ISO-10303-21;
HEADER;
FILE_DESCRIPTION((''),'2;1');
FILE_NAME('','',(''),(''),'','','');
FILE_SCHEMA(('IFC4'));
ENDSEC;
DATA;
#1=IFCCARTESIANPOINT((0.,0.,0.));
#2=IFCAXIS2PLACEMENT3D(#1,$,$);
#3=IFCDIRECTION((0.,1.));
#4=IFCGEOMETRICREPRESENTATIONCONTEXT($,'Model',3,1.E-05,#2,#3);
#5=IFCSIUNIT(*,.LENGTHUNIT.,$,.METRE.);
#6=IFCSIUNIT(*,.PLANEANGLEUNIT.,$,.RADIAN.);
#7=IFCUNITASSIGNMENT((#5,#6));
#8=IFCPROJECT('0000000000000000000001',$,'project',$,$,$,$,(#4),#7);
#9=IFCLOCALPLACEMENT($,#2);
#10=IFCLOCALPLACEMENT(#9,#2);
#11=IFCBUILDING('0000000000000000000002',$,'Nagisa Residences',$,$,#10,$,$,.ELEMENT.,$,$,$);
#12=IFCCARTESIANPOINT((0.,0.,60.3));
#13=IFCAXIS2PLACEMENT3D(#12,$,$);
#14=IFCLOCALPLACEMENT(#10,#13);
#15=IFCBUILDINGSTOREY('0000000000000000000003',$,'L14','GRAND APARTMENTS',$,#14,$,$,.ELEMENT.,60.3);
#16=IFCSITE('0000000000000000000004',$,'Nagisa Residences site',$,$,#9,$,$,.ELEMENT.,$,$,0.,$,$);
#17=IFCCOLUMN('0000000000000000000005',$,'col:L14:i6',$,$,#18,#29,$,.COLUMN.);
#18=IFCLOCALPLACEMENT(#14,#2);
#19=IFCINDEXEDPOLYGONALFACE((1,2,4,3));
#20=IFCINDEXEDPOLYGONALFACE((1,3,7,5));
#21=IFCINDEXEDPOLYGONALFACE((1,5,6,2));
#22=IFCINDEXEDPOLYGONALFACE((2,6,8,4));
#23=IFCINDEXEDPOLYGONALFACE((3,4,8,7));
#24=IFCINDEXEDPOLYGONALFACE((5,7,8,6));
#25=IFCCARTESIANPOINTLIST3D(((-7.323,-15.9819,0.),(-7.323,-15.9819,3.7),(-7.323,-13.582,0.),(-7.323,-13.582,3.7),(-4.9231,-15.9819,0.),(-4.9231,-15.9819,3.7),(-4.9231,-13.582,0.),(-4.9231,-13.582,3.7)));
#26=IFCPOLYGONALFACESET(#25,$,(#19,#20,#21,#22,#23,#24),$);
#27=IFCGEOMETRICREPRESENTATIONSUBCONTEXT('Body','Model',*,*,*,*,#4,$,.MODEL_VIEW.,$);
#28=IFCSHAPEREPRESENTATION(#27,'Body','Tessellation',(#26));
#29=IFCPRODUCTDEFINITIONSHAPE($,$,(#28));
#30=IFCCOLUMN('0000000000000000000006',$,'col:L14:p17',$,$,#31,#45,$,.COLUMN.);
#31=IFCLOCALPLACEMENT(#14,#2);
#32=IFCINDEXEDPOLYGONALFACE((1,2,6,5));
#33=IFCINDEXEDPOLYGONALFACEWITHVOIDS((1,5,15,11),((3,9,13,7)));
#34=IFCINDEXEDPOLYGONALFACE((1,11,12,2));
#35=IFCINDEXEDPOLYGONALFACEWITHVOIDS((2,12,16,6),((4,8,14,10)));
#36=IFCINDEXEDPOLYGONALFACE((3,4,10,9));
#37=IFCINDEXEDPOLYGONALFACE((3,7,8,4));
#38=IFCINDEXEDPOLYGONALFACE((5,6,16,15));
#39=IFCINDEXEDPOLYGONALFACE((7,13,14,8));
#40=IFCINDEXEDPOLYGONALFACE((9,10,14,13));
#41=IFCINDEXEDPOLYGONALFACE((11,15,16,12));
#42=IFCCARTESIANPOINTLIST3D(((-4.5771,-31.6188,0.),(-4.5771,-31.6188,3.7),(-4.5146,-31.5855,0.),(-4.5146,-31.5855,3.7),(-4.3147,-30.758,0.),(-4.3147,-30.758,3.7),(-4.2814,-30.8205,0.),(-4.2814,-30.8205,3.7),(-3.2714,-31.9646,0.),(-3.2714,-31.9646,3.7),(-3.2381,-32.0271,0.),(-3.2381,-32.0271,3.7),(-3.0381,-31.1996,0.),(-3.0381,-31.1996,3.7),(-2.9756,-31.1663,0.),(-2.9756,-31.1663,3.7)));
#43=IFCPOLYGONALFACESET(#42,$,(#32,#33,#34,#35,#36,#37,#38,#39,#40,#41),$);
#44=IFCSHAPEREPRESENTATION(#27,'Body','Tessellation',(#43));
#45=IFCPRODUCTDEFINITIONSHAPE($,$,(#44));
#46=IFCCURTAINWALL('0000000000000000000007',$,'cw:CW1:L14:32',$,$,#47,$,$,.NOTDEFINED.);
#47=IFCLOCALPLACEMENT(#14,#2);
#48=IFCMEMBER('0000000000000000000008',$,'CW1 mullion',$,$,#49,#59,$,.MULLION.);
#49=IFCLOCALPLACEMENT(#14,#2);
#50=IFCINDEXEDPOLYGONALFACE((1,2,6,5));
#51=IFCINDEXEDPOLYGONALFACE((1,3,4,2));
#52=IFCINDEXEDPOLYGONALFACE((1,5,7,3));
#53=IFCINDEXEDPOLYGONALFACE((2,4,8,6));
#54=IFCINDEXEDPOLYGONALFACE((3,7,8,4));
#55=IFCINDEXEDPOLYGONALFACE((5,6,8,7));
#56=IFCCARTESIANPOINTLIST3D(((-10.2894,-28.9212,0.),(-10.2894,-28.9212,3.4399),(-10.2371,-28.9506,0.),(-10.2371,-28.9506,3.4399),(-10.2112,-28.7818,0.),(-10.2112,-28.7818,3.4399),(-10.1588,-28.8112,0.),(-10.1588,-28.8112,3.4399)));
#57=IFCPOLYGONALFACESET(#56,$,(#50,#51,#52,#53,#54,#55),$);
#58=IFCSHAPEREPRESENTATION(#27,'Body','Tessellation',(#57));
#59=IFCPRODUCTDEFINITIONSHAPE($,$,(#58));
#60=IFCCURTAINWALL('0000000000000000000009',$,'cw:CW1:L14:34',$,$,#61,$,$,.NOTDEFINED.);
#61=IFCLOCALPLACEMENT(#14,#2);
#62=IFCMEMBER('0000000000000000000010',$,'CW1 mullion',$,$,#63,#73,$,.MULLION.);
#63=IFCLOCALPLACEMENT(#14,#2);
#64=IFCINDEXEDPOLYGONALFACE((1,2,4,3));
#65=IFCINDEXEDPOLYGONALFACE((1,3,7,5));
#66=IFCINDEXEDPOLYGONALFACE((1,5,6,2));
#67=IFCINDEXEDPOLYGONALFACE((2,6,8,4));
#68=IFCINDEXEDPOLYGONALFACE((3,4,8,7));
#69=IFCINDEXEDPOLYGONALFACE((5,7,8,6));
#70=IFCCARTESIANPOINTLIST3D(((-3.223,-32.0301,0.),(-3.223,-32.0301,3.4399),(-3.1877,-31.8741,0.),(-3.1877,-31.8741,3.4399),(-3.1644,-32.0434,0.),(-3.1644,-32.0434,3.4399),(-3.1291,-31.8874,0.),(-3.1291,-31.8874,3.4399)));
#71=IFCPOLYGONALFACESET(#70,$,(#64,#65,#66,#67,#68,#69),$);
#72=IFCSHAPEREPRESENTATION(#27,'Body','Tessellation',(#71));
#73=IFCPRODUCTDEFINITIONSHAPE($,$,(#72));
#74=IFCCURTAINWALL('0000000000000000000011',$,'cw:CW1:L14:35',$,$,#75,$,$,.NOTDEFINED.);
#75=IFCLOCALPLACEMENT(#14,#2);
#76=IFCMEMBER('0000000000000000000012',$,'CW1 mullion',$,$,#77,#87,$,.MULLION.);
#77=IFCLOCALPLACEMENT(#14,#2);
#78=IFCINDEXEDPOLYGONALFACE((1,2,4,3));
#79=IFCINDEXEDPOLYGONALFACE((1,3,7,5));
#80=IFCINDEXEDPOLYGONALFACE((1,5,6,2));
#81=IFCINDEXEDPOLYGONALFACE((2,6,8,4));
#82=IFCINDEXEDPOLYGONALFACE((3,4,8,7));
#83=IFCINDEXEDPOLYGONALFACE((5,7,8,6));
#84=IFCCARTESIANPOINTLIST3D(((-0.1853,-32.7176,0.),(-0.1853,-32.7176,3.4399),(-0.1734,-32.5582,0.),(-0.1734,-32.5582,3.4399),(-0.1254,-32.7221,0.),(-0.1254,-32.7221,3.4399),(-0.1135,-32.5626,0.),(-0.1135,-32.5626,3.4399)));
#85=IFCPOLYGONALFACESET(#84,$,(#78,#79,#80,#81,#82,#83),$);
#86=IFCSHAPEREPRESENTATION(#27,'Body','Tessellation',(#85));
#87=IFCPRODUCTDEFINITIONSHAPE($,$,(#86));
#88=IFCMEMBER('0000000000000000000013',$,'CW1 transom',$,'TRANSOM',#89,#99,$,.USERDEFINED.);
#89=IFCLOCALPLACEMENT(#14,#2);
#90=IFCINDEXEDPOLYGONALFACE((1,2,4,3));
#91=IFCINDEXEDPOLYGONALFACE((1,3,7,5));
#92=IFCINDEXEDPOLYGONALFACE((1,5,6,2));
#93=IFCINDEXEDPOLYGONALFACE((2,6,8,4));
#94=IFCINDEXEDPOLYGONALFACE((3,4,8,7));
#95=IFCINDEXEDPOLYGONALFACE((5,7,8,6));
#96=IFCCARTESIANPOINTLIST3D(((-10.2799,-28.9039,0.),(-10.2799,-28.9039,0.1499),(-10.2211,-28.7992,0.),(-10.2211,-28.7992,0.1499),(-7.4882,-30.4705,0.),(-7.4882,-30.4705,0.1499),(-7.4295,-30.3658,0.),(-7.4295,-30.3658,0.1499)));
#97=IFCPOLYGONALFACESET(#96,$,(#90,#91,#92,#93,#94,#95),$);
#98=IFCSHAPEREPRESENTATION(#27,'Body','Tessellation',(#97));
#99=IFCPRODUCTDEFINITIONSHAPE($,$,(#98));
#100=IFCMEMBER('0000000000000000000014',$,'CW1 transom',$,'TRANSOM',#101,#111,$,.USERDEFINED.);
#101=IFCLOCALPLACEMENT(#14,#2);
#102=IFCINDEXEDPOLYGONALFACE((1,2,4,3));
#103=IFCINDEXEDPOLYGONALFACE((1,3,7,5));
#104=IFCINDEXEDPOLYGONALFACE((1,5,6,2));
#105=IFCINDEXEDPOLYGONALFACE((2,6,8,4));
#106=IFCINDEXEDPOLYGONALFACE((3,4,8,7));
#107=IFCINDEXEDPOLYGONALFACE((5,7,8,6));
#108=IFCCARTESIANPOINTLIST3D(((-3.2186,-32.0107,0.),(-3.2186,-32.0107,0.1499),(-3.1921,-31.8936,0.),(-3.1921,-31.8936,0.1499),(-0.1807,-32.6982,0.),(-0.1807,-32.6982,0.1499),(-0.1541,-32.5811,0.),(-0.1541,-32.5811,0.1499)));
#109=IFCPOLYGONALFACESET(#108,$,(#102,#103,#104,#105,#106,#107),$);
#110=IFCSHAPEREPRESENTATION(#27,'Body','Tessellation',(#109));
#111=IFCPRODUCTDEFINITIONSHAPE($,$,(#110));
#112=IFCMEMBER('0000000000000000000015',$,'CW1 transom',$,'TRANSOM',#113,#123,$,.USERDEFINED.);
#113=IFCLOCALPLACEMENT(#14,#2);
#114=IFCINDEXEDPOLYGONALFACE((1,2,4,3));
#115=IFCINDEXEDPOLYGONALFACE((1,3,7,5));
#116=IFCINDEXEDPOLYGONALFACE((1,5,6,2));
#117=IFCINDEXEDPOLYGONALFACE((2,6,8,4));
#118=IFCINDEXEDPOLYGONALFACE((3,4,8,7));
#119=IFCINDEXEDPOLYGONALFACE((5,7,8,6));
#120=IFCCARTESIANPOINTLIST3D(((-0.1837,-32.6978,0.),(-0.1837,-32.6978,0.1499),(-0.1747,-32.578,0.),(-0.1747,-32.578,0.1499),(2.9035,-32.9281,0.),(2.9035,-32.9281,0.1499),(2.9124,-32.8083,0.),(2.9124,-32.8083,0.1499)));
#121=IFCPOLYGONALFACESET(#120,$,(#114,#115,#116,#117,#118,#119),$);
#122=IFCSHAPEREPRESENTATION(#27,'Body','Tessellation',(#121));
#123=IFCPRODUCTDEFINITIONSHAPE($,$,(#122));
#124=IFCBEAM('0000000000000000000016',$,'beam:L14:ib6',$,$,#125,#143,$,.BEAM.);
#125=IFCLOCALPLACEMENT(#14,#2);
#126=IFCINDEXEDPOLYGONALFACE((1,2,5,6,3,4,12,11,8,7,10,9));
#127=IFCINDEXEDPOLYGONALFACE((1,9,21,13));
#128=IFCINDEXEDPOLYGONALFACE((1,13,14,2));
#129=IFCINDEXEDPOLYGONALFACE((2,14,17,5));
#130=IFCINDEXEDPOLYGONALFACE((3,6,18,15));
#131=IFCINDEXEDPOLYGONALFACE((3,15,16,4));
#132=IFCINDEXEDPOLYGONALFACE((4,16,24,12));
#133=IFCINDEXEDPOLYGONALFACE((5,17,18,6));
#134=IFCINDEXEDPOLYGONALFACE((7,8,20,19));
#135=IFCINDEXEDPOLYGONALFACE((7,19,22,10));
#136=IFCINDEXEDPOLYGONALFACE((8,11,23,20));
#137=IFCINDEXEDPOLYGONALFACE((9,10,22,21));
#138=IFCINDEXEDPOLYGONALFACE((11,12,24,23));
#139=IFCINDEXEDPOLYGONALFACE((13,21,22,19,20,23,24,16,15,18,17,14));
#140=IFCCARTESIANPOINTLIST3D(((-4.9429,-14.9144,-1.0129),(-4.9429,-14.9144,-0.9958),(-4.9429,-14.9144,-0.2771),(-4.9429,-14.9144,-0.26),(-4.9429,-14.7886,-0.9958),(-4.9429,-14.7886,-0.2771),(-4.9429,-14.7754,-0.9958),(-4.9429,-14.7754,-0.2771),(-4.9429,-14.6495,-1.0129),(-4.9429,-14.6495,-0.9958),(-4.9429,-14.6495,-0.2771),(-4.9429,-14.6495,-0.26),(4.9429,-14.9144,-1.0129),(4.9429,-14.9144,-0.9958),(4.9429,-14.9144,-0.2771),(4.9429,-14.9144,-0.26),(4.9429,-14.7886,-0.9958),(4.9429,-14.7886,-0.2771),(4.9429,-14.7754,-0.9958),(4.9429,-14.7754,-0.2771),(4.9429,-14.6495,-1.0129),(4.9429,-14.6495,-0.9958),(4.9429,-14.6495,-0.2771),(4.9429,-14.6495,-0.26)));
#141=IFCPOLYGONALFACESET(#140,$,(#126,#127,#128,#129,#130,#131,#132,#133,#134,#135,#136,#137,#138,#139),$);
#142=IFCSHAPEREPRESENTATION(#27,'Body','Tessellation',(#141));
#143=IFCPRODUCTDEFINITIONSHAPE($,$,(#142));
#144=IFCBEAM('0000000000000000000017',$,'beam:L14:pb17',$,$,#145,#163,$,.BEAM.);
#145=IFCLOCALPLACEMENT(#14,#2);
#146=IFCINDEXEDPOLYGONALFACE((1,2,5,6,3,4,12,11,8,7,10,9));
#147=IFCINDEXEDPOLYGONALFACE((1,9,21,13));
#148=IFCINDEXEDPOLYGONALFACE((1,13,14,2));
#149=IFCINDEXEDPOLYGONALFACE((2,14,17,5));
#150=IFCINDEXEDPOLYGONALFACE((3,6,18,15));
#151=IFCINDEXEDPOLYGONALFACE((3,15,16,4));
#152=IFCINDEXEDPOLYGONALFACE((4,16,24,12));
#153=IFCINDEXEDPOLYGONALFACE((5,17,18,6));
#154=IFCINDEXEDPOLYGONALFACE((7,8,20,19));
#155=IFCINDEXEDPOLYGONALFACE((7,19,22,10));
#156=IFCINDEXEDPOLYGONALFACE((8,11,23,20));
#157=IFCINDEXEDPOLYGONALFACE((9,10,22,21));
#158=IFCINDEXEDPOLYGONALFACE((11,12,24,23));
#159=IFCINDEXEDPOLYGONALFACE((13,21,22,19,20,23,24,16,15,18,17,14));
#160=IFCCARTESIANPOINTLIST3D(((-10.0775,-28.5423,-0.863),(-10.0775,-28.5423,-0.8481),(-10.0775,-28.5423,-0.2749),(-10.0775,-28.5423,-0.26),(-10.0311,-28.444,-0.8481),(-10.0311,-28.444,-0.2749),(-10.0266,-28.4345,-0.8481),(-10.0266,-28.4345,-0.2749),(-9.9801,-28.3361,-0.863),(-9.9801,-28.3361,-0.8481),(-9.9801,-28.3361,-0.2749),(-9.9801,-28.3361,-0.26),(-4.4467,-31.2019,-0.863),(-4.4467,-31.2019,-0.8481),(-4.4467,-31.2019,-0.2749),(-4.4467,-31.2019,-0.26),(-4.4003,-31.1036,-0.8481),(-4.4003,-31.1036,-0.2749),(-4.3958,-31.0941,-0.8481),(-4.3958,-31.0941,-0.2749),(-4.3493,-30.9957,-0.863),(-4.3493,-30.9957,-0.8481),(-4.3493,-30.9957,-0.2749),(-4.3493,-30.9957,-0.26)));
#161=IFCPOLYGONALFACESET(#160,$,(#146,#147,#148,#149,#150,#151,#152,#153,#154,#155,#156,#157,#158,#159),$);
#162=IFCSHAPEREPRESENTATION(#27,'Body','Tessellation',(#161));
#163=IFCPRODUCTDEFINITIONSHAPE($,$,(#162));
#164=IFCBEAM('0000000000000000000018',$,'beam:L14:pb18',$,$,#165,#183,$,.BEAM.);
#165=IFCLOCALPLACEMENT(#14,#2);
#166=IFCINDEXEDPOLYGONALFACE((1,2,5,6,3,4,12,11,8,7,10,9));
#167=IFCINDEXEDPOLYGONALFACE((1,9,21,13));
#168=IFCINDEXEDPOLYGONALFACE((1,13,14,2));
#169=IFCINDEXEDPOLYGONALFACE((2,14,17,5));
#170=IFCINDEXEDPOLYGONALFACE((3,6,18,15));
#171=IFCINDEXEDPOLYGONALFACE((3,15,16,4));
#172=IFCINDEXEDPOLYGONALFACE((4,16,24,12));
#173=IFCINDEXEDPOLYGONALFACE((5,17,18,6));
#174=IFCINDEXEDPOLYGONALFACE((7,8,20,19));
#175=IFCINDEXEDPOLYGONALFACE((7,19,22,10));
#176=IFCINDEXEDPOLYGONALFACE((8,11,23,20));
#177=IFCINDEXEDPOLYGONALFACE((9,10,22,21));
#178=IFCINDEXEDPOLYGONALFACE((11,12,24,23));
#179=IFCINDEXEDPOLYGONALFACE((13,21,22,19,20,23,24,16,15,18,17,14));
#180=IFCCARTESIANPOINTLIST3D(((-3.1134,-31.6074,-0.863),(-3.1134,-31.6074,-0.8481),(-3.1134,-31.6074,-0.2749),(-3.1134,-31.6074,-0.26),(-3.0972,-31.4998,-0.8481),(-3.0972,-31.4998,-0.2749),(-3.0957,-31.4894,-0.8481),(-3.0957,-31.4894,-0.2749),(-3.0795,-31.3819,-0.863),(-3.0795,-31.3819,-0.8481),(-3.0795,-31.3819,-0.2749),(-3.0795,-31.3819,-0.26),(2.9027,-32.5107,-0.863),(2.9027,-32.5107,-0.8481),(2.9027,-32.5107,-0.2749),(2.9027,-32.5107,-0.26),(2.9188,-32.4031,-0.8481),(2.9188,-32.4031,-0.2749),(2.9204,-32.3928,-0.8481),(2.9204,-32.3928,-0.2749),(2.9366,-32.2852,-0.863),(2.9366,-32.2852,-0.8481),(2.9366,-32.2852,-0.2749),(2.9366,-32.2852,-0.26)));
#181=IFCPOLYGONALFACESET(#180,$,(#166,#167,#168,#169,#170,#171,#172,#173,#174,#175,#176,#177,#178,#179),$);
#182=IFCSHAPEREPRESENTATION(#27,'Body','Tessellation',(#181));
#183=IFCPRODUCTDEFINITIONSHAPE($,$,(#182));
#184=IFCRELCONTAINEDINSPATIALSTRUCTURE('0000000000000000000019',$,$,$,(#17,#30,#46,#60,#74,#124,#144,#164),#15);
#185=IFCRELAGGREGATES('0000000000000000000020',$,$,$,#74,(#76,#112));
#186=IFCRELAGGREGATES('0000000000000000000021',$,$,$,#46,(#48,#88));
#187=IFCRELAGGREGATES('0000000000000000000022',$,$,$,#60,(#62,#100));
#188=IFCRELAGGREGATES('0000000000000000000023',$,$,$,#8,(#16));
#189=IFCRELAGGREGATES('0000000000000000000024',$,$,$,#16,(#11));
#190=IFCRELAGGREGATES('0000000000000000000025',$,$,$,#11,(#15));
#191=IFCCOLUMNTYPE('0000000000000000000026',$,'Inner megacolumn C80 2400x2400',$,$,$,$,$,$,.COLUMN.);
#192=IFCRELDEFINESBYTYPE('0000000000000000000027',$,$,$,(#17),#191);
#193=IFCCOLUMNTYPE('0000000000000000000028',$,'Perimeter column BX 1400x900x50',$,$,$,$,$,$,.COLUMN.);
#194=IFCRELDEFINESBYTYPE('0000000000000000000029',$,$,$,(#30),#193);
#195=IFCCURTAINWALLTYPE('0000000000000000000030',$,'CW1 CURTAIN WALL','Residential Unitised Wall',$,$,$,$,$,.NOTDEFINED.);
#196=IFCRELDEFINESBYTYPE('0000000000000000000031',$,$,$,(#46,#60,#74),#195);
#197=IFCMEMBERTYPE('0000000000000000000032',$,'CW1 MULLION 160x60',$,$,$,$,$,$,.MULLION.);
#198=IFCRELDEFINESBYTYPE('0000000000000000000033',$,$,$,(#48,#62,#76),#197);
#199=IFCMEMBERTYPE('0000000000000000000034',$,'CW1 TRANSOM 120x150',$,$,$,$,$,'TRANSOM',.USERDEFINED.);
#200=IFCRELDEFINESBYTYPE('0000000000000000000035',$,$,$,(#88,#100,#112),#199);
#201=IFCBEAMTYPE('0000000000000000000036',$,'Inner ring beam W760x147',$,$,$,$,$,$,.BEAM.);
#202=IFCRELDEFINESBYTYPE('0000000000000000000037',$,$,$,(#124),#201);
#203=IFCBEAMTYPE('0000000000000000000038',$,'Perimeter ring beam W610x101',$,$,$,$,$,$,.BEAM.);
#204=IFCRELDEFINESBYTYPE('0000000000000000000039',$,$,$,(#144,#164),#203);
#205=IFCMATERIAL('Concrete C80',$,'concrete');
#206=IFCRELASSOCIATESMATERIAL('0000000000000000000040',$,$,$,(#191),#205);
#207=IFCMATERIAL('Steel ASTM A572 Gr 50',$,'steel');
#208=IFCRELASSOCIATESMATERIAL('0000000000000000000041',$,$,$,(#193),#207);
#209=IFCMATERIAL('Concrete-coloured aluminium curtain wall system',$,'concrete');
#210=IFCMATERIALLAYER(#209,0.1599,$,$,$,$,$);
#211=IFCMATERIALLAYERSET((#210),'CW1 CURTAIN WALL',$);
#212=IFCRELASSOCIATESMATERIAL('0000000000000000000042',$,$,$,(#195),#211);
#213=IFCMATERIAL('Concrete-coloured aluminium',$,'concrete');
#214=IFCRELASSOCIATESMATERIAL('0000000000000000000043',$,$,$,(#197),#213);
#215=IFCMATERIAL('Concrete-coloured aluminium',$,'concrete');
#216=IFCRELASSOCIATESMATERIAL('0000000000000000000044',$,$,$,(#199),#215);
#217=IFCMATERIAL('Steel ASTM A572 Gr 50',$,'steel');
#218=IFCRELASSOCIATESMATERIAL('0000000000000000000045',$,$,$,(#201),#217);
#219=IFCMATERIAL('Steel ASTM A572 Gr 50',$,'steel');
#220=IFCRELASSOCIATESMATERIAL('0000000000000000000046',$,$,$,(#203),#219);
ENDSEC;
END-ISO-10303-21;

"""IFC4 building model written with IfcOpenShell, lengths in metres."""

from ifc_helpers import new_model, si_unit, direction, frame, origin, origin_2d, place, context, subcontext, project, spatial, rectangle, hollow_rectangle, i_section, extrude, material, layer, layer_set, material_profile, profile_set, type_object, element, aggregate, save


model = new_model("IFC4")

# Units and contexts
model_context = context("Model", 3, precision=1e-05, world=origin(), true_north=direction((0.0, 1.0)))
body_context = subcontext(model_context, "Body", "Model", "MODEL_VIEW")
ifc_project = project(units=[si_unit("LENGTHUNIT", "METRE"), si_unit("PLANEANGLEUNIT", "RADIAN")], contexts=[model_context])

# Site, building, storey
site_placement = place(None, origin())
site = spatial("IfcSite", under=ifc_project, at=site_placement, Name="Nagisa Residences site", CompositionType="ELEMENT", RefElevation=0.0)
building_placement = place(site_placement, origin())
building = spatial("IfcBuilding", under=site, at=building_placement, Name="Nagisa Residences", CompositionType="ELEMENT")
storey_placement = place(building_placement, frame((0.0, 0.0, 60.3)))
storey = spatial("IfcBuildingStorey", under=building, at=storey_placement, Name="L14", Description="GRAND APARTMENTS", CompositionType="ELEMENT", Elevation=60.3)

# Columns
ifc_material_1 = material(Name="Concrete C80", Category="concrete")
ifc_material_profile_1 = material_profile(ifc_material_1, rectangle(XDim=2.3999, YDim=2.3999, at=origin_2d()), Name="C80 2400x2400")
ifc_profile_set_1 = profile_set([ifc_material_profile_1], Name="Concrete C80")
column_type_1 = type_object("IfcColumnType", Name="Inner megacolumn C80 2400x2400", PredefinedType="COLUMN", material=ifc_profile_set_1)
column_1_placement = place(storey_placement, frame((-6.123, -14.782, 0.0), z_axis=(0.0, 0.0, 1.0), x_axis=(1.0, 0.0, 0.0)))
element("IfcColumn", 1, at=column_1_placement, inside=storey, type_object=column_type_1, Name="col:L14:i6", PredefinedType="COLUMN", context=body_context, shape_type="SweptSolid", body=[
    extrude(rectangle(XDim=2.3999, YDim=2.3999, at=origin_2d()), origin(), (0.0, 0.0, 1.0), 3.7),
])
ifc_material_2 = material(Name="Steel ASTM A572 Gr 50", Category="steel")
ifc_material_profile_2 = material_profile(ifc_material_2, hollow_rectangle(XDim=1.3999, YDim=0.8999, WallThickness=0.05, at=origin_2d()), Name="BX 1400x900x50")
ifc_profile_set_2 = profile_set([ifc_material_profile_2], Name="Steel ASTM A572 Gr 50")
column_type_2 = type_object("IfcColumnType", Name="Perimeter column BX 1400x900x50", PredefinedType="COLUMN", material=ifc_profile_set_2)
column_2_placement = place(storey_placement, frame((-3.7764, -31.3926, 0.0), z_axis=(0.0, 0.0, 1.0), x_axis=(0.956525, -0.291652, 0.0)))
element("IfcColumn", 2, at=column_2_placement, inside=storey, type_object=column_type_2, Name="col:L14:p17", PredefinedType="COLUMN", context=body_context, shape_type="SweptSolid", body=[
    extrude(hollow_rectangle(XDim=1.3999, YDim=0.8999, WallThickness=0.05, at=origin_2d()), origin(), (0.0, 0.0, 1.0), 3.7),
])

# Curtain walls, members
ifc_material_3 = material(Name="Concrete-coloured aluminium curtain wall system", Category="concrete")
ifc_layer_1 = layer(ifc_material_3, 0.1599)
ifc_layer_set_1 = layer_set([ifc_layer_1], Name="CW1 CURTAIN WALL")
curtain_wall_type = type_object("IfcCurtainWallType", Name="CW1 CURTAIN WALL", Description="Residential Unitised Wall", PredefinedType="NOTDEFINED", material=ifc_layer_set_1)
curtain_wall_1_placement = place(storey_placement, origin())
curtain_wall_1 = element("IfcCurtainWall", 3, at=curtain_wall_1_placement, inside=storey, type_object=curtain_wall_type, Name="cw:CW1:L14:32", PredefinedType="NOTDEFINED")
ifc_material_4 = material(Name="Concrete-coloured aluminium", Category="concrete")
ifc_material_profile_3 = material_profile(ifc_material_4, rectangle(XDim=0.1599, YDim=0.0601, at=origin_2d()), Name="CW1 MULLION 160x60")
ifc_profile_set_3 = profile_set([ifc_material_profile_3], Name="Concrete-coloured aluminium")
member_type_1 = type_object("IfcMemberType", Name="CW1 MULLION 160x60", PredefinedType="MULLION", material=ifc_profile_set_3)
member_1_placement = place(storey_placement, frame((-10.2241, -28.8662, 0.0), z_axis=(0.0, 0.0, 1.0), x_axis=(0.489377, 0.872072, 0.0)))
member_1 = element("IfcMember", 4, at=member_1_placement, type_object=member_type_1, Name="CW1 mullion", PredefinedType="MULLION", context=body_context, shape_type="SweptSolid", body=[
    extrude(rectangle(XDim=0.1599, YDim=0.0601, at=origin_2d()), origin(), (0.0, 0.0, 1.0), 3.4399),
])
curtain_wall_2_placement = place(storey_placement, origin())
curtain_wall_2 = element("IfcCurtainWall", 5, at=curtain_wall_2_placement, inside=storey, type_object=curtain_wall_type, Name="cw:CW1:L14:34", PredefinedType="NOTDEFINED")
member_2_placement = place(storey_placement, frame((-3.176, -31.9587, 0.0), z_axis=(0.0, 0.0, 1.0), x_axis=(0.220764, 0.975327, 0.0)))
member_2 = element("IfcMember", 6, at=member_2_placement, type_object=member_type_1, Name="CW1 mullion", PredefinedType="MULLION", context=body_context, shape_type="SweptSolid", body=[
    extrude(rectangle(XDim=0.1599, YDim=0.0601, at=origin_2d()), origin(), (0.0, 0.0, 1.0), 3.4399),
])
curtain_wall_3_placement = place(storey_placement, origin())
curtain_wall_3 = element("IfcCurtainWall", 7, at=curtain_wall_3_placement, inside=storey, type_object=curtain_wall_type, Name="cw:CW1:L14:35", PredefinedType="NOTDEFINED")
member_3_placement = place(storey_placement, frame((-0.1494, -32.6401, 0.0), z_axis=(0.0, 0.0, 1.0), x_axis=(0.074377, 0.99723, 0.0)))
member_3 = element("IfcMember", 8, at=member_3_placement, type_object=member_type_1, Name="CW1 mullion", PredefinedType="MULLION", context=body_context, shape_type="SweptSolid", body=[
    extrude(rectangle(XDim=0.1599, YDim=0.0601, at=origin_2d()), origin(), (0.0, 0.0, 1.0), 3.4399),
])

# Members
ifc_material_5 = material(Name="Concrete-coloured aluminium", Category="concrete")
ifc_material_profile_4 = material_profile(ifc_material_5, rectangle(XDim=0.1201, YDim=0.1499, at=origin_2d()), Name="CW1 TRANSOM 120x150")
ifc_profile_set_4 = profile_set([ifc_material_profile_4], Name="Concrete-coloured aluminium")
member_type_2 = type_object("IfcMemberType", Name="CW1 TRANSOM 120x150", ElementType="TRANSOM", PredefinedType="USERDEFINED", material=ifc_profile_set_4)
member_4_placement = place(storey_placement, frame((-10.2505, -28.8516, 0.075), z_axis=(0.87207, -0.489381, 0.0), x_axis=(0.489381, 0.87207, 0.0)))
member_4 = element("IfcMember", 9, at=member_4_placement, type_object=member_type_2, Name="CW1 transom", ObjectType="TRANSOM", PredefinedType="USERDEFINED", context=body_context, shape_type="SweptSolid", body=[
    extrude(rectangle(XDim=0.1201, YDim=0.1499, at=origin_2d()), origin(), (0.0, 0.0, 1.0), 3.2012),
])
member_5_placement = place(storey_placement, frame((-3.2053, -31.9521, 0.075), z_axis=(0.975335, -0.22073, 0.0), x_axis=(0.22073, 0.975335, 0.0)))
member_5 = element("IfcMember", 10, at=member_5_placement, type_object=member_type_2, Name="CW1 transom", ObjectType="TRANSOM", PredefinedType="USERDEFINED", context=body_context, shape_type="SweptSolid", body=[
    extrude(rectangle(XDim=0.1201, YDim=0.1499, at=origin_2d()), origin(), (0.0, 0.0, 1.0), 3.1147),
])
member_6_placement = place(storey_placement, frame((-0.1792, -32.6379, 0.075), z_axis=(0.997231, -0.074368, 0.0), x_axis=(0.074368, 0.997231, 0.0)))
member_6 = element("IfcMember", 11, at=member_6_placement, type_object=member_type_2, Name="CW1 transom", ObjectType="TRANSOM", PredefinedType="USERDEFINED", context=body_context, shape_type="SweptSolid", body=[
    extrude(rectangle(XDim=0.1201, YDim=0.1499, at=origin_2d()), origin(), (0.0, 0.0, 1.0), 3.0957),
])
aggregate(curtain_wall_3, [member_3, member_6])

# Beams
ifc_material_6 = material(Name="Steel ASTM A572 Gr 50", Category="steel")
ifc_material_profile_5 = material_profile(ifc_material_6, i_section(OverallWidth=0.2649, OverallDepth=0.7529, WebThickness=0.0132, FlangeThickness=0.0171, at=origin_2d()), Name="W760x147")
ifc_profile_set_5 = profile_set([ifc_material_profile_5], Name="Steel ASTM A572 Gr 50")
beam_type_1 = type_object("IfcBeamType", Name="Inner ring beam W760x147", PredefinedType="BEAM", material=ifc_profile_set_5)
beam_1_placement = place(storey_placement, frame((-4.9429, -14.782, -0.6365), z_axis=(1.0, 0.0, 0.0), x_axis=(0.0, 1.0, 0.0)))
element("IfcBeam", 12, at=beam_1_placement, inside=storey, type_object=beam_type_1, Name="beam:L14:ib6", PredefinedType="BEAM", context=body_context, shape_type="SweptSolid", body=[
    extrude(i_section(OverallWidth=0.2649, OverallDepth=0.7529, WebThickness=0.0132, FlangeThickness=0.0171, at=origin_2d()), origin(), (0.0, 0.0, 1.0), 9.8857),
])
ifc_material_7 = material(Name="Steel ASTM A572 Gr 50", Category="steel")
ifc_material_profile_6 = material_profile(ifc_material_7, i_section(OverallWidth=0.228, OverallDepth=0.603, WebThickness=0.0105, FlangeThickness=0.0149, at=origin_2d()), Name="W610x101")
ifc_profile_set_6 = profile_set([ifc_material_profile_6], Name="Steel ASTM A572 Gr 50")
beam_type_2 = type_object("IfcBeamType", Name="Perimeter ring beam W610x101", PredefinedType="BEAM", material=ifc_profile_set_6)
beam_2_placement = place(storey_placement, frame((-10.0288, -28.4392, -0.5615), z_axis=(0.904208, -0.427092, 0.0), x_axis=(0.427092, 0.904208, 0.0)))
element("IfcBeam", 13, at=beam_2_placement, inside=storey, type_object=beam_type_2, Name="beam:L14:pb17", PredefinedType="BEAM", context=body_context, shape_type="SweptSolid", body=[
    extrude(i_section(OverallWidth=0.228, OverallDepth=0.603, WebThickness=0.0105, FlangeThickness=0.0149, at=origin_2d()), origin(), (0.0, 0.0, 1.0), 6.2273),
])
beam_3_placement = place(storey_placement, frame((-3.0964, -31.4946, -0.5615), z_axis=(0.988915, -0.148486, 0.0), x_axis=(0.148486, 0.988915, 0.0)))
element("IfcBeam", 14, at=beam_3_placement, inside=storey, type_object=beam_type_2, Name="beam:L14:pb18", PredefinedType="BEAM", context=body_context, shape_type="SweptSolid", body=[
    extrude(i_section(OverallWidth=0.228, OverallDepth=0.603, WebThickness=0.0105, FlangeThickness=0.0149, at=origin_2d()), origin(), (0.0, 0.0, 1.0), 6.0835),
])

aggregate(curtain_wall_1, [member_1, member_4])
aggregate(curtain_wall_2, [member_2, member_5])

save(model, "model.ifc")
